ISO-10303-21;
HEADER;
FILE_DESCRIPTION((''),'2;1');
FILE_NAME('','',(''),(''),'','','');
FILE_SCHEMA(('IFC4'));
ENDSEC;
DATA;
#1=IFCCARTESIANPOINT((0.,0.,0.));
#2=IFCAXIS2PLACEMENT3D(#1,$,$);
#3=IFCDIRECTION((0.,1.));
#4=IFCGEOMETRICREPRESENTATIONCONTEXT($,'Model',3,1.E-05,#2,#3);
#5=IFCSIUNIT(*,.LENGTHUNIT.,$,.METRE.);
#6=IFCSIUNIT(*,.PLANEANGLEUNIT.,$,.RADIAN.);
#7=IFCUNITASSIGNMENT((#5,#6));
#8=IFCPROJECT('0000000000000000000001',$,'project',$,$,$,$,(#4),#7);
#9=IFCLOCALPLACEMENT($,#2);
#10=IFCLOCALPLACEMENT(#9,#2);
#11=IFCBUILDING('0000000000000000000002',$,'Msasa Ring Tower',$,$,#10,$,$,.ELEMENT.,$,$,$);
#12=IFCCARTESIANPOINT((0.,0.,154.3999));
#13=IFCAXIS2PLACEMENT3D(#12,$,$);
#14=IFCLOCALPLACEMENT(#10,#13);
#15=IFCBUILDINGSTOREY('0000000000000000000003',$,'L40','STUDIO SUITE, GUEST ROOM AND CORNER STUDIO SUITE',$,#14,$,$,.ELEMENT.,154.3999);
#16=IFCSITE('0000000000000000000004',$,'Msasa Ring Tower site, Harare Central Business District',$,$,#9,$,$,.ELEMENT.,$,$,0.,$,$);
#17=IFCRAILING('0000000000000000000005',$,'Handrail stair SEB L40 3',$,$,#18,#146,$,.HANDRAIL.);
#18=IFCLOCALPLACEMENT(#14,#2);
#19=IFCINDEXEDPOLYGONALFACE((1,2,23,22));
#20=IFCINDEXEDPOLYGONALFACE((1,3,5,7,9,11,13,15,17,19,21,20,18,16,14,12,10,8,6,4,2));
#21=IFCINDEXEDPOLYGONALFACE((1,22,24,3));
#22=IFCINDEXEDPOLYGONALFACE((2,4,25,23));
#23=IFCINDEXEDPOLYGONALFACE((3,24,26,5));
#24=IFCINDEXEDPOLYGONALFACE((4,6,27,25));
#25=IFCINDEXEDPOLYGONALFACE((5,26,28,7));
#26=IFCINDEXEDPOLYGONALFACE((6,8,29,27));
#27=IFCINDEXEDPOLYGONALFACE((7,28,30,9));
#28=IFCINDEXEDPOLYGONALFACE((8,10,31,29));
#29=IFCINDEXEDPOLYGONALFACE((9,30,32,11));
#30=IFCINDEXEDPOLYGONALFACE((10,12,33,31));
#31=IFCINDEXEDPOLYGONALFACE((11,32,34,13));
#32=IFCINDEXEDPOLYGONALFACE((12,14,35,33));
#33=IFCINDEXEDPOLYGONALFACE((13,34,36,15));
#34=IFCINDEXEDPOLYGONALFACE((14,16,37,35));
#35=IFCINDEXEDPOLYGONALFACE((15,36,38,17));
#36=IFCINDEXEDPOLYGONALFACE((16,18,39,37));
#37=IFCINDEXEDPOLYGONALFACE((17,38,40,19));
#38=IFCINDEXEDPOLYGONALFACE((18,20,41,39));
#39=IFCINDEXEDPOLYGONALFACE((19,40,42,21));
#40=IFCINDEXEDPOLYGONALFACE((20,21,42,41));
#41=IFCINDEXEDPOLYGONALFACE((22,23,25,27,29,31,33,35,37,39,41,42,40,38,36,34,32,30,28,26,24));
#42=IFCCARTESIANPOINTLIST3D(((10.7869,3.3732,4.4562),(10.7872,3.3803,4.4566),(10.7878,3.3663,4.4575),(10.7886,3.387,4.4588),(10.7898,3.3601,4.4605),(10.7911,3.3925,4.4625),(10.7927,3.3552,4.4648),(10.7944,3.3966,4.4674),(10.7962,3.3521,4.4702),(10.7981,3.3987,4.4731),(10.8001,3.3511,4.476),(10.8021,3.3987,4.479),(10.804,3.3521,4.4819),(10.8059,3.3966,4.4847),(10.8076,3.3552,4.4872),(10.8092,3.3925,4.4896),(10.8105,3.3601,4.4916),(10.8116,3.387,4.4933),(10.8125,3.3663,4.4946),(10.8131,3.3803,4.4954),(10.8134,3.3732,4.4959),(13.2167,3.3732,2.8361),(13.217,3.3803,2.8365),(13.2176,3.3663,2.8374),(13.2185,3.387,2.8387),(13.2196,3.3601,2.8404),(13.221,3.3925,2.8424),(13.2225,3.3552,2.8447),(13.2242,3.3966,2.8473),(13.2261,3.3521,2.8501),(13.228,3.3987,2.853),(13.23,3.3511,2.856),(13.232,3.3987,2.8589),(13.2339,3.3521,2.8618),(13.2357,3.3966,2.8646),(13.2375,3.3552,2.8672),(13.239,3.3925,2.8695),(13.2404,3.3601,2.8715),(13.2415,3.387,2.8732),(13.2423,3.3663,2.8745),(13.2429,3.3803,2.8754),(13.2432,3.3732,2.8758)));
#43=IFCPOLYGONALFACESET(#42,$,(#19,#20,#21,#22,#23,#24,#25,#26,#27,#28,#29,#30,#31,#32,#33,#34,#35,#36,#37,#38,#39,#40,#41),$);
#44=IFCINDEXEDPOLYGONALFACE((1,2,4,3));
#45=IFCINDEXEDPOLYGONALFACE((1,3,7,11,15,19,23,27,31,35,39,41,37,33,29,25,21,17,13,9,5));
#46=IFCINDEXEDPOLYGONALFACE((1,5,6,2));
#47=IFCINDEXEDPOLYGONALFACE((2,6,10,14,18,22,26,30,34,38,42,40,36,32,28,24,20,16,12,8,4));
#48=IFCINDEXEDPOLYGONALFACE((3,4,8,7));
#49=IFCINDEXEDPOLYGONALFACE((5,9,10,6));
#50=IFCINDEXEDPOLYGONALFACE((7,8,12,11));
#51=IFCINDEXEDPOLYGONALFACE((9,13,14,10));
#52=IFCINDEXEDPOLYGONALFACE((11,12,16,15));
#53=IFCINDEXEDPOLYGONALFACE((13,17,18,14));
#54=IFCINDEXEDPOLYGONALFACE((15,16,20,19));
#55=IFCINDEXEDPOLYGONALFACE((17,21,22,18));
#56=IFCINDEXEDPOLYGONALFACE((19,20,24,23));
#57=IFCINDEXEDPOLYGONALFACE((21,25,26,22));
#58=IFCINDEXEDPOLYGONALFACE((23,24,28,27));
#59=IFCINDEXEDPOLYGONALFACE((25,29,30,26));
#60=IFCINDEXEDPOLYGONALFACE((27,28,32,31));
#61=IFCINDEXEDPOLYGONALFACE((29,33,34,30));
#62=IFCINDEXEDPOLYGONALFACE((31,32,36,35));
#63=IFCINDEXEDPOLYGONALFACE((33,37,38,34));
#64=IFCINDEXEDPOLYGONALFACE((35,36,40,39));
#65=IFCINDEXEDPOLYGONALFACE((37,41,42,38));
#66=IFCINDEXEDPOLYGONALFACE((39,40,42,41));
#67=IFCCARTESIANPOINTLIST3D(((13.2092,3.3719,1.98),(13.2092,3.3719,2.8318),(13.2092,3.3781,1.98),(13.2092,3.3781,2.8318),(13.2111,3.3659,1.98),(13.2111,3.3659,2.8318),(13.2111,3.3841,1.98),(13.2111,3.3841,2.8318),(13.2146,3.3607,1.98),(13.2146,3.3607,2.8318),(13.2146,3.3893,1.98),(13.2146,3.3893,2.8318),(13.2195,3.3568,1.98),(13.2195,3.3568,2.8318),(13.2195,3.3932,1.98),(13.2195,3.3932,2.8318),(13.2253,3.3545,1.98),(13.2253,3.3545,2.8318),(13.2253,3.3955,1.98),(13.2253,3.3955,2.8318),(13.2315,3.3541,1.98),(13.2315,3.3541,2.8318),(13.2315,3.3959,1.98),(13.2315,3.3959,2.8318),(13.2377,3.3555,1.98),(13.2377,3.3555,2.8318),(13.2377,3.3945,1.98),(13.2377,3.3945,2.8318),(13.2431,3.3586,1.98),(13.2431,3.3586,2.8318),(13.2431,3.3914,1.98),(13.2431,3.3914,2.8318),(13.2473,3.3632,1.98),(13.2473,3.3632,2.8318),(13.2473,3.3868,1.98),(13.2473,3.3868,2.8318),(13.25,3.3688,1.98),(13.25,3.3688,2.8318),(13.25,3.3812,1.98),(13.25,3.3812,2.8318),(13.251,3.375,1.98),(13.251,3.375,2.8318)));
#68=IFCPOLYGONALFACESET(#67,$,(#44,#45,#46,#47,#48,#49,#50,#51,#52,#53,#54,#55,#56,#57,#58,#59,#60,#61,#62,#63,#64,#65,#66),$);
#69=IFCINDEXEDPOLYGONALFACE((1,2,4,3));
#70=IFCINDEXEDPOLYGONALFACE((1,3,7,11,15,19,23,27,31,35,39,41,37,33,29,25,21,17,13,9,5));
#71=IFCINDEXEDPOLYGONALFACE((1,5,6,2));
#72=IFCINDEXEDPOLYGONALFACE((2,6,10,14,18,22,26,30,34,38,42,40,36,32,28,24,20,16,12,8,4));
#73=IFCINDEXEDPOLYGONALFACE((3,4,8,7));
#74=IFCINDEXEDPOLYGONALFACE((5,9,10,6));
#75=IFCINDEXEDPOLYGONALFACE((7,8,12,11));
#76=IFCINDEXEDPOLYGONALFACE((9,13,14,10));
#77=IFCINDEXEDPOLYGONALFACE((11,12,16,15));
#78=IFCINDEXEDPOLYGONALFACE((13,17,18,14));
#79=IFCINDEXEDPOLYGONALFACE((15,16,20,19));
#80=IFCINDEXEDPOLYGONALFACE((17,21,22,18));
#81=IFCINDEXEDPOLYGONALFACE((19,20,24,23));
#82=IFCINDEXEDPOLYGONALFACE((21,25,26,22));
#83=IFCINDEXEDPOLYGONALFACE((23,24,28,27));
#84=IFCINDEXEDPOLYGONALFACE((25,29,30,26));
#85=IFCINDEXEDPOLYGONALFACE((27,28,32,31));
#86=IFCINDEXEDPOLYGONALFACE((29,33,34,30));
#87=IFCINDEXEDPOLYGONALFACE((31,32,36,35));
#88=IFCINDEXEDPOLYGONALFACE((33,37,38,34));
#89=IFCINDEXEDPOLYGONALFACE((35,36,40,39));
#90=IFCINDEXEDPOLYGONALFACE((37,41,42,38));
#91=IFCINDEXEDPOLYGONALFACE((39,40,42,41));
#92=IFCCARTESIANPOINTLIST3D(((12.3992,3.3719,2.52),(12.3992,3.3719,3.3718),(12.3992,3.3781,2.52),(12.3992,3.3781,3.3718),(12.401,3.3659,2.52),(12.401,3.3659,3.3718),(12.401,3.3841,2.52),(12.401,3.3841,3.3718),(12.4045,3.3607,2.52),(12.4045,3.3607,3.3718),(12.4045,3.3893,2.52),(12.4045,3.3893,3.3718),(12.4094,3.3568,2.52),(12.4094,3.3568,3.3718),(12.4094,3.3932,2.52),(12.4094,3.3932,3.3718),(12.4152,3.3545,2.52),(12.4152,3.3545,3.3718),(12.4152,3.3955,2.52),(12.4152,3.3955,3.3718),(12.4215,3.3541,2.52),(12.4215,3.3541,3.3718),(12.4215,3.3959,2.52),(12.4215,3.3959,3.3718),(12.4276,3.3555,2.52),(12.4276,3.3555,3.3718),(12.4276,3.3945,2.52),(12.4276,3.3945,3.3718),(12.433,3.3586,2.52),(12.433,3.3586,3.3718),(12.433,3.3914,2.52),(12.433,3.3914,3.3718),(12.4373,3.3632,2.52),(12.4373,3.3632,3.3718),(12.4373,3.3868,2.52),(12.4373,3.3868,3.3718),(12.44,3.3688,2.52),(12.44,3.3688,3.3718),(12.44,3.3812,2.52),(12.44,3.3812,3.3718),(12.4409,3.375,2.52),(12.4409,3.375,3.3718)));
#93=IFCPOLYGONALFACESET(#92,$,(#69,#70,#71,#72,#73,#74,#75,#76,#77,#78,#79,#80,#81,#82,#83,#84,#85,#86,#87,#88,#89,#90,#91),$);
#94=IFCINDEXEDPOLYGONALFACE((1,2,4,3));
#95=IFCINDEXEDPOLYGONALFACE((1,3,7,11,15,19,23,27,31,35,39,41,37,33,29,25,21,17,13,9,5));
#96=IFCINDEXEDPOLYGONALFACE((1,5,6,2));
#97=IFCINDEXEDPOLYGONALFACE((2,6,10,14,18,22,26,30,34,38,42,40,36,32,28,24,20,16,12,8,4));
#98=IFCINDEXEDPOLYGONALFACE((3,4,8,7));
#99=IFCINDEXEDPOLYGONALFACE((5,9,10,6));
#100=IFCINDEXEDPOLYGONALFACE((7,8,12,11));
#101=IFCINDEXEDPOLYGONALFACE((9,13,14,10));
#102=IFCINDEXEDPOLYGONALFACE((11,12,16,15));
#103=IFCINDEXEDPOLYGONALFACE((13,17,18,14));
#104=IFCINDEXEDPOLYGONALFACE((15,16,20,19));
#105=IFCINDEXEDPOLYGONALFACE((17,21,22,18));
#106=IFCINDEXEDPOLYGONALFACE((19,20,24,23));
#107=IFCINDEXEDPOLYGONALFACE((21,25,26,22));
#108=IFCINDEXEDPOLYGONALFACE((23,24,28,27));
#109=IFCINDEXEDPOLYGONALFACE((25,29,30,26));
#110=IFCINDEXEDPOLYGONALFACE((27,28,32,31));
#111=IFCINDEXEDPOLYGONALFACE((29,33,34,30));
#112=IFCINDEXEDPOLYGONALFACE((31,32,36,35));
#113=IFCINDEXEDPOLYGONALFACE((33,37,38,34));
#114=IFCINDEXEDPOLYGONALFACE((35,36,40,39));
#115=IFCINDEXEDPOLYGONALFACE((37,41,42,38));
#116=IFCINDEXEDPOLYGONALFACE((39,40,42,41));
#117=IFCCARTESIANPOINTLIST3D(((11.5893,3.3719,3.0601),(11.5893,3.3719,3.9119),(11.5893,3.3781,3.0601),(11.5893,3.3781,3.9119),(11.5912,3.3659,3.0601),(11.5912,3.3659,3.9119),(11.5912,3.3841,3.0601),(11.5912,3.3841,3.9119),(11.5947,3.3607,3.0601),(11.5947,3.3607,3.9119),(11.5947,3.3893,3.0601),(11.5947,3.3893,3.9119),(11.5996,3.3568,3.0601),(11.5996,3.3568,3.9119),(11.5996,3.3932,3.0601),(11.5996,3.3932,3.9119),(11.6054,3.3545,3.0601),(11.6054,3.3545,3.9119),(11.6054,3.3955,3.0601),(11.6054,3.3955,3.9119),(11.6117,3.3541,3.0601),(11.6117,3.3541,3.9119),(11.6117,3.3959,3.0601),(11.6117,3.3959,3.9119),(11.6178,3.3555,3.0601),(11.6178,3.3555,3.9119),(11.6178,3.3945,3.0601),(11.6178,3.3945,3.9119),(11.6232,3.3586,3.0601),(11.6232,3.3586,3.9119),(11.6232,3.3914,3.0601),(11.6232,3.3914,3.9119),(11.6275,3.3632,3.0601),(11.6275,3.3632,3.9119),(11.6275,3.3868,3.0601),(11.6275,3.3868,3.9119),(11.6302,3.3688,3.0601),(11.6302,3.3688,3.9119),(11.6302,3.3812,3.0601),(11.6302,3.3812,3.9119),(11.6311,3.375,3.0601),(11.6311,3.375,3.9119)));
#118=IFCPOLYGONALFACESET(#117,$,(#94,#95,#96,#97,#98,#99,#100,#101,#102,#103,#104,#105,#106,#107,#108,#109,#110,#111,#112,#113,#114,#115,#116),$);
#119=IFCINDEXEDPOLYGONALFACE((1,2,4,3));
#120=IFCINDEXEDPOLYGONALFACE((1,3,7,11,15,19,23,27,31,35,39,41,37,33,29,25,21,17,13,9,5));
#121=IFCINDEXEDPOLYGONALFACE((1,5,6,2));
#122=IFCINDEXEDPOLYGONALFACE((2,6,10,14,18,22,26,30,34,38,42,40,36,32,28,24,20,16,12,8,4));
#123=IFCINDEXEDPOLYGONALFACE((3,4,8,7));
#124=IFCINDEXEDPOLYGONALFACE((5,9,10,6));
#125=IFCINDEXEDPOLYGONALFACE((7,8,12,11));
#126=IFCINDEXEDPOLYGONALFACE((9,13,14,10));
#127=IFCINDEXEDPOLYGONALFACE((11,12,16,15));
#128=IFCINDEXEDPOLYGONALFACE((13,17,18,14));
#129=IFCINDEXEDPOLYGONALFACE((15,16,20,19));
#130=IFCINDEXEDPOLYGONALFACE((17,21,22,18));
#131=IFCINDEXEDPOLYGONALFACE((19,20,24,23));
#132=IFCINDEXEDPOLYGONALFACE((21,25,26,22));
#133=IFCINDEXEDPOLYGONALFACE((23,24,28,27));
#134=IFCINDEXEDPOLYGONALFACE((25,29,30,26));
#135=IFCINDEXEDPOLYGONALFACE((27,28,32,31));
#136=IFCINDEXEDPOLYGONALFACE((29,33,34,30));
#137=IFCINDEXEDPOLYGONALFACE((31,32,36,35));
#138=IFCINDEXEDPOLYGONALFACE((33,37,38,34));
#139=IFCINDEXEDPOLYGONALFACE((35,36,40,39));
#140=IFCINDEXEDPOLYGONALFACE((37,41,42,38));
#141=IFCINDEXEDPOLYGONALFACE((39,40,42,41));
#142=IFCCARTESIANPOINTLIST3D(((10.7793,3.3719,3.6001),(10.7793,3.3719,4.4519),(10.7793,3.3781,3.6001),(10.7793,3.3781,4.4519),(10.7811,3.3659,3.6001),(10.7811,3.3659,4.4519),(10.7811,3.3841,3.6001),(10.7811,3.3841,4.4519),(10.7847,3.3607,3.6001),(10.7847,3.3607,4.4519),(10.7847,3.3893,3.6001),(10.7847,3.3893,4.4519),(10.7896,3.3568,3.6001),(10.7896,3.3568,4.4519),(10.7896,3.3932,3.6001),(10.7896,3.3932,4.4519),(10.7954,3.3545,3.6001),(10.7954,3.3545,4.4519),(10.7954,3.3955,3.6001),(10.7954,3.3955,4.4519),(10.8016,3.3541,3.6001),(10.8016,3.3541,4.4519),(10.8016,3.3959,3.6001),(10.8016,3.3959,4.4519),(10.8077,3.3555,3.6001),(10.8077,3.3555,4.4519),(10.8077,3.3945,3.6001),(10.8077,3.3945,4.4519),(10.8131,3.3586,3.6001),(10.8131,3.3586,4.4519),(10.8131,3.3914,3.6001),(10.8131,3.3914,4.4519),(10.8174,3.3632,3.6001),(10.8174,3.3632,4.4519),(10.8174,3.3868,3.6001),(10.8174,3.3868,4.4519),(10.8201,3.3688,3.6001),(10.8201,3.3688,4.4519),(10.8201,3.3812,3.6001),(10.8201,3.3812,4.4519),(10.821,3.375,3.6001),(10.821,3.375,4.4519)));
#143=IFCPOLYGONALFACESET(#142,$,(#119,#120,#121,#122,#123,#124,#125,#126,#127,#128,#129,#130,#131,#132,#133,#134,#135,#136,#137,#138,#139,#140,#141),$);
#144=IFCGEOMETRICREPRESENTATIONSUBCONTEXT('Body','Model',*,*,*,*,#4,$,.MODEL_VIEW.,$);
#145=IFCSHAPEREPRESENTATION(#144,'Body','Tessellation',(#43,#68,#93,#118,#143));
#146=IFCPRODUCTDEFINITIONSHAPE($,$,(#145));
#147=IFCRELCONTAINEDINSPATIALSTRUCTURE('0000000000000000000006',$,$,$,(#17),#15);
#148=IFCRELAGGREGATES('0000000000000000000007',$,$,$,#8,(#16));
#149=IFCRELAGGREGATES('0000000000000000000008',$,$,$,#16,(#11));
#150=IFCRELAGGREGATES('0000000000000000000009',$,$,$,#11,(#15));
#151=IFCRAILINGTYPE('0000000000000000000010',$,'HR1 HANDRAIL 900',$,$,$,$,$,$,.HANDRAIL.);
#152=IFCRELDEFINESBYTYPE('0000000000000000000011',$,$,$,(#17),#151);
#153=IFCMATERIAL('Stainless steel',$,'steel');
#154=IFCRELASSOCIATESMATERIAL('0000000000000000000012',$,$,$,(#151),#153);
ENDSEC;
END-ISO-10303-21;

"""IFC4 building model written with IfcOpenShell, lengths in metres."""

from ifc_helpers import new_model, si_unit, direction, frame, origin, origin_2d, place, context, subcontext, project, spatial, circle, extrude, material, type_object, element, save


model = new_model("IFC4")

# Units and contexts
model_context = context("Model", 3, precision=1e-05, world=origin(), true_north=direction((0.0, 1.0)))
body_context = subcontext(model_context, "Body", "Model", "MODEL_VIEW")
ifc_project = project(units=[si_unit("LENGTHUNIT", "METRE"), si_unit("PLANEANGLEUNIT", "RADIAN")], contexts=[model_context])

# Site, building, storey
site_placement = place(None, origin())
site = spatial("IfcSite", under=ifc_project, at=site_placement, Name="Msasa Ring Tower site, Harare Central Business District", CompositionType="ELEMENT", RefElevation=0.0)
building_placement = place(site_placement, origin())
building = spatial("IfcBuilding", under=site, at=building_placement, Name="Msasa Ring Tower", CompositionType="ELEMENT")
storey_placement = place(building_placement, frame((0.0, 0.0, 154.3999)))
storey = spatial("IfcBuildingStorey", under=building, at=storey_placement, Name="L40", Description="STUDIO SUITE, GUEST ROOM AND CORNER STUDIO SUITE", CompositionType="ELEMENT", Elevation=154.3999)

# Railing
ifc_material_1 = material(Name="Stainless steel", Category="steel")
railing_type = type_object("IfcRailingType", Name="HR1 HANDRAIL 900", PredefinedType="HANDRAIL", material=ifc_material_1)
for number, where, name in (
    (1, (13.23, 3.375, 1.98), "Handrail stair SEB L40 3"),
):
    element("IfcRailing", number, at=place(storey_placement, frame(where)), inside=storey, type_object=railing_type, Name=name, PredefinedType="HANDRAIL", context=body_context, shape_type="SweptSolid", body=[
        extrude(circle(Radius=0.0239, at=origin_2d()), frame((0.0, 0.0, 0.876), z_axis=(-0.832025, 0.0, 0.554739), x_axis=(0.0, -1.0, 0.0)), (0.0, 0.0, 1.0), 2.9204),
        extrude(circle(Radius=0.021, at=origin_2d()), origin(), (0.0, 0.0, 1.0), 0.8518),
        extrude(circle(Radius=0.021, at=origin_2d()), frame((-0.8101, 0.0, 0.54)), (0.0, 0.0, 1.0), 0.8518),
        extrude(circle(Radius=0.021, at=origin_2d()), frame((-1.6199, 0.0, 1.0801)), (0.0, 0.0, 1.0), 0.8518),
        extrude(circle(Radius=0.021, at=origin_2d()), frame((-2.4299, 0.0, 1.6201)), (0.0, 0.0, 1.0), 0.8518),
    ])

save(model, "model.ifc")
